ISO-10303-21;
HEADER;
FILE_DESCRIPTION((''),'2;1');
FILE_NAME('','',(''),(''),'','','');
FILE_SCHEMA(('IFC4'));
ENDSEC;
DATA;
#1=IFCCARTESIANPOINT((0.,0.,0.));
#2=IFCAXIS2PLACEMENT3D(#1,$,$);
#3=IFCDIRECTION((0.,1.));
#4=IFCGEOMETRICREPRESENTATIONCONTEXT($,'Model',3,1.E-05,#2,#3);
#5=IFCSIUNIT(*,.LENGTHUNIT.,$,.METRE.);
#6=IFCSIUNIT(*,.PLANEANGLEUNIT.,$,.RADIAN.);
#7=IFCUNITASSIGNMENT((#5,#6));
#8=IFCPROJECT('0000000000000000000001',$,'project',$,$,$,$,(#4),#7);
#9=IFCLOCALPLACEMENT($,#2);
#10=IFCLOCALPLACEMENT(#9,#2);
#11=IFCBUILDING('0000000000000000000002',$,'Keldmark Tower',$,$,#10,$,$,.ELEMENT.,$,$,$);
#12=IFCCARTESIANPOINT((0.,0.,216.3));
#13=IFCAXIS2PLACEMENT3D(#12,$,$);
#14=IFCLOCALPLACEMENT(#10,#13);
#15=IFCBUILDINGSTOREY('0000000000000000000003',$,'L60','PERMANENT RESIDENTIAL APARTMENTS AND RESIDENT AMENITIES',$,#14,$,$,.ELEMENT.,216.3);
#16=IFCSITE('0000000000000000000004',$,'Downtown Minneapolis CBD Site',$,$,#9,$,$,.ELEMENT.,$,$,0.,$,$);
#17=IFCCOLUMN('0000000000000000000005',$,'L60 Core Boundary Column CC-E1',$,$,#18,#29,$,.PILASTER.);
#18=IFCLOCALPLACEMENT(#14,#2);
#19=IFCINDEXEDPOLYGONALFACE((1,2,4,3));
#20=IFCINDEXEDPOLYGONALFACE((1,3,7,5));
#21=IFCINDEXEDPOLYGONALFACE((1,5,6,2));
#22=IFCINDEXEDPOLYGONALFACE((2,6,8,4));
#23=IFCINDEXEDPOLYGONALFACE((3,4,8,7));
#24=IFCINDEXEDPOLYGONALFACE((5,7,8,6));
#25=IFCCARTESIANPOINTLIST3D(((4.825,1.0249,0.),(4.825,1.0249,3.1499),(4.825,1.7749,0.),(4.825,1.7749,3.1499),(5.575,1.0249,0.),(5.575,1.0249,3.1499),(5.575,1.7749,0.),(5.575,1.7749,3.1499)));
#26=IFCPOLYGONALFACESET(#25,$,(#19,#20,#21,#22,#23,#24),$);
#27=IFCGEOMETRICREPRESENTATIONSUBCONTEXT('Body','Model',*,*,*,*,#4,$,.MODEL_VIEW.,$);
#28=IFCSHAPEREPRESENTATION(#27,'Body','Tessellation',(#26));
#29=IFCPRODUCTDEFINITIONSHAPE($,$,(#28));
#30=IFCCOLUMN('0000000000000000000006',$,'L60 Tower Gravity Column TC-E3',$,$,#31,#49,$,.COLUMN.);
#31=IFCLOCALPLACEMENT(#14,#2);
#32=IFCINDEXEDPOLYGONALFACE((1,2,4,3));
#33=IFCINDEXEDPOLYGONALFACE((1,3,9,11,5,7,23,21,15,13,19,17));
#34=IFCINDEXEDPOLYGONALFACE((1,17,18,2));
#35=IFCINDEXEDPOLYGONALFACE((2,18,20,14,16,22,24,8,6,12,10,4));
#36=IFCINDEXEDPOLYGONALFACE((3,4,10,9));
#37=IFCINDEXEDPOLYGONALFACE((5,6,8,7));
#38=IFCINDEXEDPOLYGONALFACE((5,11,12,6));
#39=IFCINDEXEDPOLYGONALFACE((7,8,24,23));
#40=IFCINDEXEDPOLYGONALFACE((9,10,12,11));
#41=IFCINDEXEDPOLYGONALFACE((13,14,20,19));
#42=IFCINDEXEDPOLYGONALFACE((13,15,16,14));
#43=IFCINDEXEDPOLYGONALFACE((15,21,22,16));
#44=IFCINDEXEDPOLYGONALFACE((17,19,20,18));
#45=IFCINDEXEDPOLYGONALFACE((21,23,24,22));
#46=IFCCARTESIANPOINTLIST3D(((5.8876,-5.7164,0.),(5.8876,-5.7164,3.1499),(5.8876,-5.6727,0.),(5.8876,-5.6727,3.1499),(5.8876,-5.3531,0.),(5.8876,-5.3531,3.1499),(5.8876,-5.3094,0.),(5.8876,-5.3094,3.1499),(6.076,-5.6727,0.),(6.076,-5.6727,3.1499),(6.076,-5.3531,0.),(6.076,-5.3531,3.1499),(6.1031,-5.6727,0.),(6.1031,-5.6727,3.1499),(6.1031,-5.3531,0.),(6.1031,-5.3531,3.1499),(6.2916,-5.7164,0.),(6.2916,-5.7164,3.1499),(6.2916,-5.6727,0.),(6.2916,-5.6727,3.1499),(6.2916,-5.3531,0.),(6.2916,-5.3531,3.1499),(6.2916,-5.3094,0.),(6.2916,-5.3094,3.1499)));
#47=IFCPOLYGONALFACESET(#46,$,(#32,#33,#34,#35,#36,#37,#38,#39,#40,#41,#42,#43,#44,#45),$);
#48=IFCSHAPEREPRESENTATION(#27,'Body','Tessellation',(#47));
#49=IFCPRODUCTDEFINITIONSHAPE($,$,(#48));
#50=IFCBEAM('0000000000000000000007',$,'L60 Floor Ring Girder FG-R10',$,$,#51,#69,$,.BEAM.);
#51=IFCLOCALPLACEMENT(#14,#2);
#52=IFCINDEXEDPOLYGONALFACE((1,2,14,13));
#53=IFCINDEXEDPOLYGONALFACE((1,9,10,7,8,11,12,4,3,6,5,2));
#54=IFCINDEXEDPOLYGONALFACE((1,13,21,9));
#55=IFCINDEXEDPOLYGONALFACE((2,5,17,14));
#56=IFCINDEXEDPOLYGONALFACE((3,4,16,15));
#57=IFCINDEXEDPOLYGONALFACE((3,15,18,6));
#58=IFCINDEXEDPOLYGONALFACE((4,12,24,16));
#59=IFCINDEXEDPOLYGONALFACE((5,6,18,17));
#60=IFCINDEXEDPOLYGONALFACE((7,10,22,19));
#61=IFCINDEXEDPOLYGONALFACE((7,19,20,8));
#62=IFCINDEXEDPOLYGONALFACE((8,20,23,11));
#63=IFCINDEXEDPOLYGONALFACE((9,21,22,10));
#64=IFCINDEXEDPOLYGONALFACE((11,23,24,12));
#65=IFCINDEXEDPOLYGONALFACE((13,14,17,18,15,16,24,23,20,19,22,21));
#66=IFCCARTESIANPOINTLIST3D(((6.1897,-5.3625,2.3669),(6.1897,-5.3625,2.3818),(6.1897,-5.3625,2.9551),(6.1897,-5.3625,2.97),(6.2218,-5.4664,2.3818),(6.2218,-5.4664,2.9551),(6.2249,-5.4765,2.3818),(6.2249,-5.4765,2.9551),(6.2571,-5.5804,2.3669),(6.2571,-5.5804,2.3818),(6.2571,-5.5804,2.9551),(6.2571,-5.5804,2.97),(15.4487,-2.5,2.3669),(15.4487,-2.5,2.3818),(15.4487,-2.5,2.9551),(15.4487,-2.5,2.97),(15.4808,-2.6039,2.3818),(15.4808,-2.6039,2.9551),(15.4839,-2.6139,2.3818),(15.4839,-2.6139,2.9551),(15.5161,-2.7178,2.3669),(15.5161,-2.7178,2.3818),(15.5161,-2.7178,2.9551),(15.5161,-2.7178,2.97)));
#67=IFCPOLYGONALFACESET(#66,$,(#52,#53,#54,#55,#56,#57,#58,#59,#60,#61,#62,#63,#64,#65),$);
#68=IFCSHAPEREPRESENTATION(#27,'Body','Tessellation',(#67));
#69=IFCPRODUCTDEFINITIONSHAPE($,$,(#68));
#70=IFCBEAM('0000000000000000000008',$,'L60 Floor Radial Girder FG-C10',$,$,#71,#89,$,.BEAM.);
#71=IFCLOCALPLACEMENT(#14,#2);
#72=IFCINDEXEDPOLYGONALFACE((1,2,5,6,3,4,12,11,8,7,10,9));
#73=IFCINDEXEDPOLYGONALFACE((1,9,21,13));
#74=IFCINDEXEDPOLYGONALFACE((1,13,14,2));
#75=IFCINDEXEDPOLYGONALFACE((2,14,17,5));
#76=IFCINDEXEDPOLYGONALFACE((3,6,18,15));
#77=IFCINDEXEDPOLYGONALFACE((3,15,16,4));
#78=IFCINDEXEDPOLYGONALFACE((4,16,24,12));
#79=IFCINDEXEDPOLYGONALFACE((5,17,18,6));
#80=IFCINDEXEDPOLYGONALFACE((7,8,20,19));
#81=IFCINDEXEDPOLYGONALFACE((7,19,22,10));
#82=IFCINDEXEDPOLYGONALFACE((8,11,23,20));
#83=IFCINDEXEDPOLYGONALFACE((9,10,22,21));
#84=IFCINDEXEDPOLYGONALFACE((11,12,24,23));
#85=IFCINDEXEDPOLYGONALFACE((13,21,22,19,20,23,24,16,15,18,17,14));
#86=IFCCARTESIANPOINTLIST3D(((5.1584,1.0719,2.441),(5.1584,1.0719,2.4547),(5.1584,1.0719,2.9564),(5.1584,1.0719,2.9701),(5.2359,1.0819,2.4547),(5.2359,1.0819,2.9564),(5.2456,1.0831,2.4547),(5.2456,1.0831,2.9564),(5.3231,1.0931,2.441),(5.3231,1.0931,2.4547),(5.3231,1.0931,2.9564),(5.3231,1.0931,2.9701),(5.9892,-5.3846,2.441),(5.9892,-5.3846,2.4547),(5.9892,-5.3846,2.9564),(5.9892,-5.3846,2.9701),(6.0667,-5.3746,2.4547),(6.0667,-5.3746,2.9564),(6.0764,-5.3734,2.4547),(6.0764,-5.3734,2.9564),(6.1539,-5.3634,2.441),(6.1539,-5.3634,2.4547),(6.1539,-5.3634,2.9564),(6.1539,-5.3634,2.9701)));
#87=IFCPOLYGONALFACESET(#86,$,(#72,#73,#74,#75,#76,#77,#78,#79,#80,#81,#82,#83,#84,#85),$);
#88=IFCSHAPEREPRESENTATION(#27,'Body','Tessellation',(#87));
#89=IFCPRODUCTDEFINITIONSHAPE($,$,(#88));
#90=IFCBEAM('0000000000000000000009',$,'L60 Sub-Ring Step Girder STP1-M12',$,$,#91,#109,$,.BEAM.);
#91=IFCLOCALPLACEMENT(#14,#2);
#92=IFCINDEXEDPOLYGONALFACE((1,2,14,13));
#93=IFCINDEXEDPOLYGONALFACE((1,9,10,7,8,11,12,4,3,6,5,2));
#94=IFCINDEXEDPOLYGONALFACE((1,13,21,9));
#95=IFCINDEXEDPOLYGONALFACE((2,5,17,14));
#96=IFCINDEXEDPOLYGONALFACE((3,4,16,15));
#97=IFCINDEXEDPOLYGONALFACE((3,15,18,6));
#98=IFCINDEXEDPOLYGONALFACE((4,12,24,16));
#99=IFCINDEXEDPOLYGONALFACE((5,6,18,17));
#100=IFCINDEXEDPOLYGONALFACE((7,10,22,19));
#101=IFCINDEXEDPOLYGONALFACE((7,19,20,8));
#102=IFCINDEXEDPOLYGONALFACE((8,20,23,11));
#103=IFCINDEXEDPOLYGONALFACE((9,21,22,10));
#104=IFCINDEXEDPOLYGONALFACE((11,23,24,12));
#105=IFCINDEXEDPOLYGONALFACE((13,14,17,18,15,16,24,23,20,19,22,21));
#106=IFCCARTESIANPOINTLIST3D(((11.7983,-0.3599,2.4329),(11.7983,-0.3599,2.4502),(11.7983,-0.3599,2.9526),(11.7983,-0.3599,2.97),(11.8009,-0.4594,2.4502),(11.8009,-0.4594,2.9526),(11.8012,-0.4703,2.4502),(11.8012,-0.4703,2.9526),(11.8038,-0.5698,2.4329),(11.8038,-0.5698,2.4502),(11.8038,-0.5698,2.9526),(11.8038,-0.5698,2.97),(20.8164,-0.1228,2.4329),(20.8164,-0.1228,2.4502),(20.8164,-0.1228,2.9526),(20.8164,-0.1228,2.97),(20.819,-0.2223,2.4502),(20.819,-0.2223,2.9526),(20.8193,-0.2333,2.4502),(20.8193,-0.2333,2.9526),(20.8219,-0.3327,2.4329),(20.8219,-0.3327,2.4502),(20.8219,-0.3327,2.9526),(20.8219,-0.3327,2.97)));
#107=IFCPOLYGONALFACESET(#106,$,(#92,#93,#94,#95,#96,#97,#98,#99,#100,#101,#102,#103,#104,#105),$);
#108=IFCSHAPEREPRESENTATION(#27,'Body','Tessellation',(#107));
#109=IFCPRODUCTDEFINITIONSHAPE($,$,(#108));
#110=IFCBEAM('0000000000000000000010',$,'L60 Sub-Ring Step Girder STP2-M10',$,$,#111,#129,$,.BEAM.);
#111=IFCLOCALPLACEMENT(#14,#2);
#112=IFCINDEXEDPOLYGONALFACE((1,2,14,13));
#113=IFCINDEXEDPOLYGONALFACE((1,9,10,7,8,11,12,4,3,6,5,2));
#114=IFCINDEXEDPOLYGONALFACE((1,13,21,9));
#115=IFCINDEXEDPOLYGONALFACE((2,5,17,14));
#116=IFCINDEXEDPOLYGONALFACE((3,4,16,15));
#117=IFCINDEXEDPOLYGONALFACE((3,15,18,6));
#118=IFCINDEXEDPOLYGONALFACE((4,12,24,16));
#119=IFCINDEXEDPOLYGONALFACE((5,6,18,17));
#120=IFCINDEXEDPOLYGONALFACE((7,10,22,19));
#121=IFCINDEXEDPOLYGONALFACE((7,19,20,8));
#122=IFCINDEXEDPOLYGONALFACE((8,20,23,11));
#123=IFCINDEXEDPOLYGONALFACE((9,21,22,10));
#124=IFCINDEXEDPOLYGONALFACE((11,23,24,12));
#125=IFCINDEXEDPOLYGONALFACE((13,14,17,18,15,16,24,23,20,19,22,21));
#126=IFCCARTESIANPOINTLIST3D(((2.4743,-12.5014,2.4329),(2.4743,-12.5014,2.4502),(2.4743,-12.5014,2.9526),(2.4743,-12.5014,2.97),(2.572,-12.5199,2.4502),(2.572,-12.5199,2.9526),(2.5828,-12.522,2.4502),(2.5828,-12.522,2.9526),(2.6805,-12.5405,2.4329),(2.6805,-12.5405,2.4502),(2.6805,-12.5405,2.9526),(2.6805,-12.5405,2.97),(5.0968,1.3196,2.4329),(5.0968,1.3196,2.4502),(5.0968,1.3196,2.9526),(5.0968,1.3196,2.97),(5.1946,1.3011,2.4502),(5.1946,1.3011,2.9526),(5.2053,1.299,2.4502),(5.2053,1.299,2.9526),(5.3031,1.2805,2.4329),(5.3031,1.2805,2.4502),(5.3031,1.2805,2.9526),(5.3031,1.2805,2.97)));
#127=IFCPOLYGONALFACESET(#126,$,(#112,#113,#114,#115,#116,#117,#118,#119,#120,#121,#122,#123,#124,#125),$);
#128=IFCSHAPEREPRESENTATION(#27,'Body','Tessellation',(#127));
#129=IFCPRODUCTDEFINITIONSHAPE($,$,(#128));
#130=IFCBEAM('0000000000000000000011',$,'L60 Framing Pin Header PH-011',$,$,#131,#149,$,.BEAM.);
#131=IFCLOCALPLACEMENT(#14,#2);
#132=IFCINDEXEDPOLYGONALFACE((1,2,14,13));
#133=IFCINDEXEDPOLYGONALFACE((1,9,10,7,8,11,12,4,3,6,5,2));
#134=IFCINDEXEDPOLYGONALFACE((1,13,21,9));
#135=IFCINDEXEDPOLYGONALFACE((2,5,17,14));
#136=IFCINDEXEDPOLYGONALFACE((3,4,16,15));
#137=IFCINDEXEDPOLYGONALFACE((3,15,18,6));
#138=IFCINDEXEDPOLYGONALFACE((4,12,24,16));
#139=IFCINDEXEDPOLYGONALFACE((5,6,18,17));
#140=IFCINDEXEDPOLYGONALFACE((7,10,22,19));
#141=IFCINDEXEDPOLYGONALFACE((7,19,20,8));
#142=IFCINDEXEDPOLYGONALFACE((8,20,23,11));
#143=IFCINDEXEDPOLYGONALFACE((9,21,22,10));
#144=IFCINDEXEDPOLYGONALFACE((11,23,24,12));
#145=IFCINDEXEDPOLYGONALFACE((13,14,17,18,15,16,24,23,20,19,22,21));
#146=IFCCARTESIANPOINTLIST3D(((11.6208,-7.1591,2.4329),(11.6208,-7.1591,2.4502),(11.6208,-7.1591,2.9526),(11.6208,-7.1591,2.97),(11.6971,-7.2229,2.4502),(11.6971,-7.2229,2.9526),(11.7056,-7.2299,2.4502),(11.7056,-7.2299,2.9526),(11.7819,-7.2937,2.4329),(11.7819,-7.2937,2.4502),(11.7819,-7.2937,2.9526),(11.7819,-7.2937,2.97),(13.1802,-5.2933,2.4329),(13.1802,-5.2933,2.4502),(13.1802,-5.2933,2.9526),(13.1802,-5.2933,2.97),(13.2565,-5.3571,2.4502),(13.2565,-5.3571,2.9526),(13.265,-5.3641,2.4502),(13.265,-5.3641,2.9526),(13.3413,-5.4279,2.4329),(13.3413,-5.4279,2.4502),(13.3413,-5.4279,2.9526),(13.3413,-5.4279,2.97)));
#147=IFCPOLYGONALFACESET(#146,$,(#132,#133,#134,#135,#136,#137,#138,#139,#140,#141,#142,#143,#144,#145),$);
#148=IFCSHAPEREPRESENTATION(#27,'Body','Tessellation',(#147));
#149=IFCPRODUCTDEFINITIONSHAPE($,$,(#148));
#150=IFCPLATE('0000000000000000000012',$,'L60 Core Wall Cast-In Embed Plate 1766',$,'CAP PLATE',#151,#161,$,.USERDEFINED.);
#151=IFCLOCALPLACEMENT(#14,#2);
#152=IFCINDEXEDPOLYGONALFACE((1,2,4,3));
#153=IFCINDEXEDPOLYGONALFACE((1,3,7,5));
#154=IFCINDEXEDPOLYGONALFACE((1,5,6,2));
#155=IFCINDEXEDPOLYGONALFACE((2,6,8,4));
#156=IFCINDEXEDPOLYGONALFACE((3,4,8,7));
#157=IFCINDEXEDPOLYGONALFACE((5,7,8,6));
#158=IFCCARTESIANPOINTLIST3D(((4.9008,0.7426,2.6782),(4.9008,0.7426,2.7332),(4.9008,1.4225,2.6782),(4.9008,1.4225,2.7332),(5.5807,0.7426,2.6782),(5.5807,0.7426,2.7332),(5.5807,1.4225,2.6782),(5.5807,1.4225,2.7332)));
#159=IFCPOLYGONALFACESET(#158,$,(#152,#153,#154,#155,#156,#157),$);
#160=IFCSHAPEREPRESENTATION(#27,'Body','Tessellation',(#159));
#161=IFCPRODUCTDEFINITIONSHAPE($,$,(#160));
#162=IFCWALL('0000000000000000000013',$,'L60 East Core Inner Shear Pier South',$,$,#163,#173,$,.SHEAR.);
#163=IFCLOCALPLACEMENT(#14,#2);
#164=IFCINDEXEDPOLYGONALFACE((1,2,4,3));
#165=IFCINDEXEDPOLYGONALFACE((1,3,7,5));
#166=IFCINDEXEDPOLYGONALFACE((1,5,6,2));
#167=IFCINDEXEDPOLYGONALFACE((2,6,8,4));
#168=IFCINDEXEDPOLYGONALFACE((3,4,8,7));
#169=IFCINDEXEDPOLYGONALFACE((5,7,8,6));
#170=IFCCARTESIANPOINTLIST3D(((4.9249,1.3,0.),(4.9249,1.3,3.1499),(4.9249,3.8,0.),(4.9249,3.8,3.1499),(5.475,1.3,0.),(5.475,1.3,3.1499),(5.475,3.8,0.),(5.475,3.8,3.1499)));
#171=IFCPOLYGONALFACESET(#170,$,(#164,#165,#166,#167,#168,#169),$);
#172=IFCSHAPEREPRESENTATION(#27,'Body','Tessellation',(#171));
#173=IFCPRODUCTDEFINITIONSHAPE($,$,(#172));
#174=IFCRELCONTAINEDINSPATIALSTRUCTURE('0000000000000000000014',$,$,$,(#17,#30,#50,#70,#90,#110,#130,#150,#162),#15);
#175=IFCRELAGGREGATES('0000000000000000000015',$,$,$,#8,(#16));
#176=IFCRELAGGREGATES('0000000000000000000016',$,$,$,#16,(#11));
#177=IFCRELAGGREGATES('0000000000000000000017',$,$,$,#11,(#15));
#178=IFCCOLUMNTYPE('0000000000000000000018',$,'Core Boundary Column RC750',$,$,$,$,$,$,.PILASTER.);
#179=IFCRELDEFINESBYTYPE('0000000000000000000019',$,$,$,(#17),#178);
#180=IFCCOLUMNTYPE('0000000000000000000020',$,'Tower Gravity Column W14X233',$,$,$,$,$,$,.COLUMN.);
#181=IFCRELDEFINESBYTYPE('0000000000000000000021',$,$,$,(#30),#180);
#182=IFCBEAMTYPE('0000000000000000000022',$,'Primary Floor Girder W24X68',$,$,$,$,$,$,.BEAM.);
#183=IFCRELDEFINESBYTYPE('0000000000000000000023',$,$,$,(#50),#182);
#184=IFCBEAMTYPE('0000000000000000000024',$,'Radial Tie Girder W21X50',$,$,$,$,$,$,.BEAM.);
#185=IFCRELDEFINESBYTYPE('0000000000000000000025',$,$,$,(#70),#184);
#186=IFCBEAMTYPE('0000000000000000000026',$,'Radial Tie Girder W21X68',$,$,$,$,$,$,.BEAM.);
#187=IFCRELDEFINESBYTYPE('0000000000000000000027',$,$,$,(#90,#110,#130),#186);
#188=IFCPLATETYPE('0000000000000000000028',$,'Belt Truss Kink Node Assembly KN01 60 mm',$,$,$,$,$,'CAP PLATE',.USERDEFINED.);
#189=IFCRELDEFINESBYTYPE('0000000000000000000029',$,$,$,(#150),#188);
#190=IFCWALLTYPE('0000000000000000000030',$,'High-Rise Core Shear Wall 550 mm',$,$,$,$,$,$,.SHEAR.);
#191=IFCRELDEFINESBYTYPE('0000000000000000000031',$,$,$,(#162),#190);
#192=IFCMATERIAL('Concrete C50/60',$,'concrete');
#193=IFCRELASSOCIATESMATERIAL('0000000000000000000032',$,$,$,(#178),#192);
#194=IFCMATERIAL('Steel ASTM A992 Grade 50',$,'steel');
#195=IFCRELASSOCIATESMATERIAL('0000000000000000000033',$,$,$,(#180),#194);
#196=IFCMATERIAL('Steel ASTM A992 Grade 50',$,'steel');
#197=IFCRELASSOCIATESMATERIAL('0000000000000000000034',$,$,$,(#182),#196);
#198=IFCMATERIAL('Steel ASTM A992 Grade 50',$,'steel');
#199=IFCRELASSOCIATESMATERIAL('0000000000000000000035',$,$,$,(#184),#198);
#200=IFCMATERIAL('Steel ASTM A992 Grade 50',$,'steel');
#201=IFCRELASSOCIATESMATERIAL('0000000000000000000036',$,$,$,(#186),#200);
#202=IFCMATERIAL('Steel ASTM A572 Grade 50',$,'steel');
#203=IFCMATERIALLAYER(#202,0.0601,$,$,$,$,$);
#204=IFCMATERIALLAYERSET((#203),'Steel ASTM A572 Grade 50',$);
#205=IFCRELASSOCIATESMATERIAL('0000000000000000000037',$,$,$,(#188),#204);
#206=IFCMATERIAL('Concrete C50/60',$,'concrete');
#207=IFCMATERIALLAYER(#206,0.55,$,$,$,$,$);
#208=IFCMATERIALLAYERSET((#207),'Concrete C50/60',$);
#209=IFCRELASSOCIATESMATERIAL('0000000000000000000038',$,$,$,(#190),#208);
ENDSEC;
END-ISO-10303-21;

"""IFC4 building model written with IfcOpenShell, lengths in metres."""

from ifc_helpers import new_model, si_unit, direction, frame, frame_2d, origin, origin_2d, place, context, subcontext, project, spatial, rectangle, i_section, extrude, material, layer, layer_set, material_profile, profile_set, type_object, element, save


model = new_model("IFC4")

# Units and contexts
model_context = context("Model", 3, precision=1e-05, world=origin(), true_north=direction((0.0, 1.0)))
body_context = subcontext(model_context, "Body", "Model", "MODEL_VIEW")
ifc_project = project(units=[si_unit("LENGTHUNIT", "METRE"), si_unit("PLANEANGLEUNIT", "RADIAN")], contexts=[model_context])

# Site, building, storey
site_placement = place(None, origin())
site = spatial("IfcSite", under=ifc_project, at=site_placement, Name="Downtown Minneapolis CBD Site", CompositionType="ELEMENT", RefElevation=0.0)
building_placement = place(site_placement, origin())
building = spatial("IfcBuilding", under=site, at=building_placement, Name="Keldmark Tower", CompositionType="ELEMENT")
storey_placement = place(building_placement, frame((0.0, 0.0, 216.3)))
storey = spatial("IfcBuildingStorey", under=building, at=storey_placement, Name="L60", Description="PERMANENT RESIDENTIAL APARTMENTS AND RESIDENT AMENITIES", CompositionType="ELEMENT", Elevation=216.3)

# Columns
ifc_material_1 = material(Name="Concrete C50/60", Category="concrete")
ifc_material_profile_1 = material_profile(ifc_material_1, rectangle(XDim=0.75, YDim=0.75, at=origin_2d()), Name="RC750X750")
ifc_profile_set_1 = profile_set([ifc_material_profile_1], Name="Concrete C50/60")
column_type_1 = type_object("IfcColumnType", Name="Core Boundary Column RC750", PredefinedType="PILASTER", material=ifc_profile_set_1)
column_1_placement = place(storey_placement, frame((5.2, 1.3999, 0.0), z_axis=(0.0, 0.0, 1.0), x_axis=(1.0, 0.0, 0.0)))
element("IfcColumn", 1, at=column_1_placement, inside=storey, type_object=column_type_1, Name="L60 Core Boundary Column CC-E1", PredefinedType="PILASTER", context=body_context, shape_type="SweptSolid", body=[
    extrude(rectangle(XDim=0.75, YDim=0.75, at=origin_2d()), origin(), (0.0, 0.0, 1.0), 3.1499),
])
ifc_material_2 = material(Name="Steel ASTM A992 Grade 50", Category="steel")
ifc_material_profile_2 = material_profile(ifc_material_2, i_section(OverallWidth=0.4041, OverallDepth=0.407, WebThickness=0.0271, FlangeThickness=0.0437, at=origin_2d()), Name="W14X233")
ifc_profile_set_2 = profile_set([ifc_material_profile_2], Name="Steel ASTM A992 Grade 50")
column_type_2 = type_object("IfcColumnType", Name="Tower Gravity Column W14X233", PredefinedType="COLUMN", material=ifc_profile_set_2)
column_2_placement = place(storey_placement, frame((6.0896, -5.5129, 0.0), z_axis=(0.0, 0.0, 1.0), x_axis=(1.0, 0.0, 0.0)))
element("IfcColumn", 2, at=column_2_placement, inside=storey, type_object=column_type_2, Name="L60 Tower Gravity Column TC-E3", PredefinedType="COLUMN", context=body_context, shape_type="SweptSolid", body=[
    extrude(i_section(OverallWidth=0.4041, OverallDepth=0.407, WebThickness=0.0271, FlangeThickness=0.0437, at=origin_2d()), origin(), (0.0, 0.0, 1.0), 3.1499),
])

# Beams
ifc_material_3 = material(Name="Steel ASTM A992 Grade 50", Category="steel")
ifc_material_profile_3 = material_profile(ifc_material_3, i_section(OverallWidth=0.228, OverallDepth=0.603, WebThickness=0.0105, FlangeThickness=0.0149, at=origin_2d()), Name="W24X68")
ifc_profile_set_3 = profile_set([ifc_material_profile_3], Name="Steel ASTM A992 Grade 50")
beam_type_1 = type_object("IfcBeamType", Name="Primary Floor Girder W24X68", PredefinedType="BEAM", material=ifc_profile_set_3)
beam_1_placement = place(storey_placement, frame((6.2234, -5.4714, 2.6685), z_axis=(0.955383, 0.295369, 0.0), x_axis=(-0.295369, 0.955383, 0.0)))
element("IfcBeam", 3, at=beam_1_placement, inside=storey, type_object=beam_type_1, Name="L60 Floor Ring Girder FG-R10", PredefinedType="BEAM", context=body_context, shape_type="SweptSolid", body=[
    extrude(i_section(OverallWidth=0.228, OverallDepth=0.603, WebThickness=0.0105, FlangeThickness=0.0149, at=origin_2d()), origin(), (0.0, 0.0, 1.0), 9.6914),
])
ifc_material_4 = material(Name="Steel ASTM A992 Grade 50", Category="steel")
ifc_material_profile_4 = material_profile(ifc_material_4, i_section(OverallWidth=0.166, OverallDepth=0.5291, WebThickness=0.0098, FlangeThickness=0.0137, at=origin_2d()), Name="W21X50")
ifc_profile_set_4 = profile_set([ifc_material_profile_4], Name="Steel ASTM A992 Grade 50")
beam_type_2 = type_object("IfcBeamType", Name="Radial Tie Girder W21X50", PredefinedType="BEAM", material=ifc_profile_set_4)
beam_2_placement = place(storey_placement, frame((6.0715, -5.374, 2.7056), z_axis=(-0.127625, 0.991822, 0.0), x_axis=(-0.991822, -0.127625, 0.0)))
element("IfcBeam", 4, at=beam_2_placement, inside=storey, type_object=beam_type_2, Name="L60 Floor Radial Girder FG-C10", PredefinedType="BEAM", context=body_context, shape_type="SweptSolid", body=[
    extrude(i_section(OverallWidth=0.166, OverallDepth=0.5291, WebThickness=0.0098, FlangeThickness=0.0137, at=origin_2d()), origin(), (0.0, 0.0, 1.0), 6.5098),
])
ifc_material_5 = material(Name="Steel ASTM A992 Grade 50", Category="steel")
ifc_material_profile_5 = material_profile(ifc_material_5, i_section(OverallWidth=0.21, OverallDepth=0.5371, WebThickness=0.011, FlangeThickness=0.0173, at=origin_2d()), Name="W21X68")
ifc_profile_set_5 = profile_set([ifc_material_profile_5], Name="Steel ASTM A992 Grade 50")
beam_type_3 = type_object("IfcBeamType", Name="Radial Tie Girder W21X68", PredefinedType="BEAM", material=ifc_profile_set_5)
beam_3_placement = place(storey_placement, frame((11.801, -0.4648, 2.7014), z_axis=(0.999655, 0.026278, 0.0), x_axis=(-0.026278, 0.999655, 0.0)))
element("IfcBeam", 5, at=beam_3_placement, inside=storey, type_object=beam_type_3, Name="L60 Sub-Ring Step Girder STP1-M12", PredefinedType="BEAM", context=body_context, shape_type="SweptSolid", body=[
    extrude(i_section(OverallWidth=0.21, OverallDepth=0.5371, WebThickness=0.011, FlangeThickness=0.0173, at=origin_2d()), origin(), (0.0, 0.0, 1.0), 9.0212),
])
beam_4_placement = place(storey_placement, frame((5.2, 1.3, 2.7014), z_axis=(-0.186425, -0.982469, 0.0), x_axis=(0.982469, -0.186425, 0.0)))
element("IfcBeam", 6, at=beam_4_placement, inside=storey, type_object=beam_type_3, Name="L60 Sub-Ring Step Girder STP2-M10", PredefinedType="BEAM", context=body_context, shape_type="SweptSolid", body=[
    extrude(i_section(OverallWidth=0.21, OverallDepth=0.5371, WebThickness=0.011, FlangeThickness=0.0173, at=origin_2d()), origin(), (0.0, 0.0, 1.0), 14.0676),
])
beam_5_placement = place(storey_placement, frame((13.2607, -5.3606, 2.7014), z_axis=(-0.64129, -0.767299, 0.0), x_axis=(0.767299, -0.64129, 0.0)))
element("IfcBeam", 7, at=beam_5_placement, inside=storey, type_object=beam_type_3, Name="L60 Framing Pin Header PH-011", PredefinedType="BEAM", context=body_context, shape_type="SweptSolid", body=[
    extrude(i_section(OverallWidth=0.21, OverallDepth=0.5371, WebThickness=0.011, FlangeThickness=0.0173, at=origin_2d()), origin(), (0.0, 0.0, 1.0), 2.4316),
])

# Plate
ifc_material_6 = material(Name="Steel ASTM A572 Grade 50", Category="steel")
ifc_layer_1 = layer(ifc_material_6, 0.0601)
ifc_layer_set_1 = layer_set([ifc_layer_1], Name="Steel ASTM A572 Grade 50")
plate_type = type_object("IfcPlateType", Name="Belt Truss Kink Node Assembly KN01 60 mm", ElementType="CAP PLATE", PredefinedType="USERDEFINED", material=ifc_layer_set_1)
plate_placement = place(storey_placement, frame((5.2407, 1.0825, 2.6782), z_axis=(0.0, 0.0, 1.0), x_axis=(1.0, 0.0, 0.0)))
element("IfcPlate", 8, at=plate_placement, inside=storey, type_object=plate_type, Name="L60 Core Wall Cast-In Embed Plate 1766", ObjectType="CAP PLATE", PredefinedType="USERDEFINED", context=body_context, shape_type="SweptSolid", body=[
    extrude(rectangle(XDim=0.6799, YDim=0.6799, at=origin_2d()), origin(), (0.0, 0.0, 1.0), 0.0549),
])

# Wall
ifc_material_7 = material(Name="Concrete C50/60", Category="concrete")
ifc_layer_2 = layer(ifc_material_7, 0.55)
ifc_layer_set_2 = layer_set([ifc_layer_2], Name="Concrete C50/60")
wall_type_1 = type_object("IfcWallType", Name="High-Rise Core Shear Wall 550 mm", PredefinedType="SHEAR", material=ifc_layer_set_2)
wall_1_placement = place(storey_placement, frame((5.2, 1.3, 0.0), z_axis=(0.0, 0.0, 1.0), x_axis=(0.0, 1.0, 0.0)))
element("IfcWall", 9, at=wall_1_placement, inside=storey, type_object=wall_type_1, Name="L60 East Core Inner Shear Pier South", PredefinedType="SHEAR", context=body_context, shape_type="SweptSolid", body=[
    extrude(rectangle(XDim=2.5, YDim=0.55, at=frame_2d((1.25, 0.0))), origin(), (0.0, 0.0, 1.0), 3.1499),
])

save(model, "model.ifc")
